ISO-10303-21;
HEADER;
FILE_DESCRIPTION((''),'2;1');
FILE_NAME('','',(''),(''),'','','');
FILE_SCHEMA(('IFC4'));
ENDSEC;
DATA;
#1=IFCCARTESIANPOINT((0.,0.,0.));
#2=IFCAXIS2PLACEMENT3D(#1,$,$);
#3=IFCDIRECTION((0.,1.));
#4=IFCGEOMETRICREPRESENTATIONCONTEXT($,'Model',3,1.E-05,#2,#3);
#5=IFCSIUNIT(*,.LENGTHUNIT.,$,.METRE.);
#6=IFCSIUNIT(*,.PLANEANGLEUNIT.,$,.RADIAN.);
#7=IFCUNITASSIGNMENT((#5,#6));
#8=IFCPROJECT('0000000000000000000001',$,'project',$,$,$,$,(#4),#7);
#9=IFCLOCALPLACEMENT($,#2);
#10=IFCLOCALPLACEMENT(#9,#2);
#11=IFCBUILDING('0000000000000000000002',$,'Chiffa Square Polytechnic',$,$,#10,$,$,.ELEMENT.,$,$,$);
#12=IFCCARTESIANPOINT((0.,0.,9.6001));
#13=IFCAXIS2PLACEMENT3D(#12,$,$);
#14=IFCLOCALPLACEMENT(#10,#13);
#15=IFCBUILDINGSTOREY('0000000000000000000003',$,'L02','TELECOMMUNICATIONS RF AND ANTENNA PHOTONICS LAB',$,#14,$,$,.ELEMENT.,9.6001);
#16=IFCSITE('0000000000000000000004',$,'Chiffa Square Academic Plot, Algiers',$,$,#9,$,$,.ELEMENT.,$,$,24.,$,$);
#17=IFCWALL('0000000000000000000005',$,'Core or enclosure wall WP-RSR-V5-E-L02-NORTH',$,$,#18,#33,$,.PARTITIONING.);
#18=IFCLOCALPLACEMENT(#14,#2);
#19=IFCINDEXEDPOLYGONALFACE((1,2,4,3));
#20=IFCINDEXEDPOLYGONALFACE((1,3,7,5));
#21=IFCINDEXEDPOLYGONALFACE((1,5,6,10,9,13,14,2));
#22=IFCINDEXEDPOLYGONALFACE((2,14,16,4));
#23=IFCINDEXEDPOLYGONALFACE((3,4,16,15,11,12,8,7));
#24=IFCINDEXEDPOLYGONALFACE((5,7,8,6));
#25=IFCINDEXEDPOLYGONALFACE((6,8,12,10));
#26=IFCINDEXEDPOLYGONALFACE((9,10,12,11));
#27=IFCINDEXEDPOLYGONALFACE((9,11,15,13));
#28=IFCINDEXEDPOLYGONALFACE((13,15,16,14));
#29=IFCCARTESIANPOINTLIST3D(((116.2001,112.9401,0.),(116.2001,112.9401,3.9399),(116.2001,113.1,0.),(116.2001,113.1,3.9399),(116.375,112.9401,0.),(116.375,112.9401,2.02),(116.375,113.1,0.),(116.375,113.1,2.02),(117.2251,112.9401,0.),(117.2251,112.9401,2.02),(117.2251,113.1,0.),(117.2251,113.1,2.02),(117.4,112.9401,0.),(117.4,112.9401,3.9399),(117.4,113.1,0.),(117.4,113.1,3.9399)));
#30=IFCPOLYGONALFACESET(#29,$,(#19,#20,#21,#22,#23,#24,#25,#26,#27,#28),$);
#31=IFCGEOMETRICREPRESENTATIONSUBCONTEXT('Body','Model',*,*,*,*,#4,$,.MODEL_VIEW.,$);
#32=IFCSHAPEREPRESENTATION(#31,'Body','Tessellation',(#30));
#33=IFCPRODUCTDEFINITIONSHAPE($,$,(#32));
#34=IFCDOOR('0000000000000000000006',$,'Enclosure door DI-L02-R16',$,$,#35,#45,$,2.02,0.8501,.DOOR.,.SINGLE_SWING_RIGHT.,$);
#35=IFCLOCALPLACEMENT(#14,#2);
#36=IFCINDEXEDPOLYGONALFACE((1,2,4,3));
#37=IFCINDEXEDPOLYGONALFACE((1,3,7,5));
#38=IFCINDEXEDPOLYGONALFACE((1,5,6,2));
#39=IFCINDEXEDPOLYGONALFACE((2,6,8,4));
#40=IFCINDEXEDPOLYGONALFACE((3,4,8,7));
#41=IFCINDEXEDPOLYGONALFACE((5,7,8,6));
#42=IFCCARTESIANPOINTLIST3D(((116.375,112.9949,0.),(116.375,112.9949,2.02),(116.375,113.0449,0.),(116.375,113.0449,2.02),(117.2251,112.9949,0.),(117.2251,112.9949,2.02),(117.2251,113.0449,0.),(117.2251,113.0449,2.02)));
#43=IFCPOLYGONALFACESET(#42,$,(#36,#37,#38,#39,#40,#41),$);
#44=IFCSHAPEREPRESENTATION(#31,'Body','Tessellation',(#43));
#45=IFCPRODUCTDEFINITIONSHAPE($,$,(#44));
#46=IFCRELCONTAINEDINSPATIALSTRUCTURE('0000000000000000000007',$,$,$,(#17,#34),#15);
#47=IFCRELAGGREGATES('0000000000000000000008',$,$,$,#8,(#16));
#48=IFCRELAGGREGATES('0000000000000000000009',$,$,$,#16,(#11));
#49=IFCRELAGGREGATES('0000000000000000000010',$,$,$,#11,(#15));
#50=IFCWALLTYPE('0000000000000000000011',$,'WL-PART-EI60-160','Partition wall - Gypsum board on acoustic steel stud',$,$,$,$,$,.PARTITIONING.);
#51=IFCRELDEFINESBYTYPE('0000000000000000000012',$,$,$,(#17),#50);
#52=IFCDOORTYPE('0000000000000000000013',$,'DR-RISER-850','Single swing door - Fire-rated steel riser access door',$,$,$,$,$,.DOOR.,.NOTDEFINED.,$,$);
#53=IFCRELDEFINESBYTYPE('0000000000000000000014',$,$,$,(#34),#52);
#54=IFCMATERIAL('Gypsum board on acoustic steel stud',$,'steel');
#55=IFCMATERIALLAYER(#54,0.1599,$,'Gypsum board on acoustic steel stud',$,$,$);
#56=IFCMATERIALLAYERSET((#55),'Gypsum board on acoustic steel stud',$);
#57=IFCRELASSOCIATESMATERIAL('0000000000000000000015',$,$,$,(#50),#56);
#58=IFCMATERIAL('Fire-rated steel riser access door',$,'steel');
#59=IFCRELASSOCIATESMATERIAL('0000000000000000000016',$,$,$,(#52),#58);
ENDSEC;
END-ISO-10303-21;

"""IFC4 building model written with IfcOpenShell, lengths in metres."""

from ifc_helpers import new_model, si_unit, direction, frame, frame_2d, origin, place, context, subcontext, project, spatial, rectangle, extrude, material, layer, layer_set, type_object, element, fill, save


model = new_model("IFC4")

# Units and contexts
model_context = context("Model", 3, precision=1e-05, world=origin(), true_north=direction((0.0, 1.0)))
body_context = subcontext(model_context, "Body", "Model", "MODEL_VIEW")
ifc_project = project(units=[si_unit("LENGTHUNIT", "METRE"), si_unit("PLANEANGLEUNIT", "RADIAN")], contexts=[model_context])

# Site, building, storey
site_placement = place(None, origin())
site = spatial("IfcSite", under=ifc_project, at=site_placement, Name="Chiffa Square Academic Plot, Algiers", CompositionType="ELEMENT", RefElevation=24.0)
building_placement = place(site_placement, origin())
building = spatial("IfcBuilding", under=site, at=building_placement, Name="Chiffa Square Polytechnic", CompositionType="ELEMENT")
storey_placement = place(building_placement, frame((0.0, 0.0, 9.6001)))
storey = spatial("IfcBuildingStorey", under=building, at=storey_placement, Name="L02", Description="TELECOMMUNICATIONS RF AND ANTENNA PHOTONICS LAB", CompositionType="ELEMENT", Elevation=9.6001)

# Wall, opening, door
ifc_material_1 = material(Name="Gypsum board on acoustic steel stud", Category="steel")
ifc_layer_1 = layer(ifc_material_1, 0.1599, Name="Gypsum board on acoustic steel stud")
ifc_layer_set_1 = layer_set([ifc_layer_1], Name="Gypsum board on acoustic steel stud")
wall_type_1 = type_object("IfcWallType", Name="WL-PART-EI60-160", Description="Partition wall - Gypsum board on acoustic steel stud", PredefinedType="PARTITIONING", material=ifc_layer_set_1)
wall_1_placement = place(storey_placement, frame((116.2, 113.02, 0.0), z_axis=(0.0, 0.0, 1.0), x_axis=(1.0, 0.0, 0.0)))
wall_1 = element("IfcWall", 1, at=wall_1_placement, inside=storey, type_object=wall_type_1, Name="Core or enclosure wall WP-RSR-V5-E-L02-NORTH", PredefinedType="PARTITIONING", context=body_context, shape_type="SweptSolid", body=[
    extrude(rectangle(XDim=1.2, YDim=0.1599, at=frame_2d((0.6001, 0.0))), origin(), (0.0, 0.0, 1.0), 3.9399),
])
opening_1_placement = place(wall_1_placement, frame((0.175, 0.0, 0.0)))
opening_1 = element("IfcOpeningElement", 2, at=opening_1_placement, cuts=wall_1, PredefinedType="OPENING", context=body_context, shape_type="SweptSolid", body=[
    extrude(rectangle(XDim=0.8501, YDim=2.02, at=frame_2d((0.425, 1.01))), frame((0.0, 0.0898, 0.0), z_axis=(0.0, -1.0, 0.0), x_axis=(1.0, 0.0, 0.0)), (0.0, 0.0, 1.0), 0.1799),
])
ifc_material_2 = material(Name="Fire-rated steel riser access door", Category="steel")
door_type_1 = type_object("IfcDoorType", Name="DR-RISER-850", Description="Single swing door - Fire-rated steel riser access door", OperationType="NOTDEFINED", PredefinedType="DOOR", material=ifc_material_2)
door_1_placement = place(opening_1_placement, origin())
door_1 = element("IfcDoor", 3, at=door_1_placement, inside=storey, type_object=door_type_1, Name="Enclosure door DI-L02-R16", OperationType="SINGLE_SWING_RIGHT", OverallHeight=2.02, OverallWidth=0.8501, PredefinedType="DOOR", context=body_context, shape_type="SweptSolid", body=[
    extrude(rectangle(XDim=0.8501, YDim=2.02, at=frame_2d((0.425, 1.01))), frame((0.0, 0.0249, 0.0), z_axis=(0.0, -1.0, 0.0), x_axis=(1.0, 0.0, 0.0)), (0.0, 0.0, 1.0), 0.05),
])
fill(opening_1, door_1)

save(model, "model.ifc")
